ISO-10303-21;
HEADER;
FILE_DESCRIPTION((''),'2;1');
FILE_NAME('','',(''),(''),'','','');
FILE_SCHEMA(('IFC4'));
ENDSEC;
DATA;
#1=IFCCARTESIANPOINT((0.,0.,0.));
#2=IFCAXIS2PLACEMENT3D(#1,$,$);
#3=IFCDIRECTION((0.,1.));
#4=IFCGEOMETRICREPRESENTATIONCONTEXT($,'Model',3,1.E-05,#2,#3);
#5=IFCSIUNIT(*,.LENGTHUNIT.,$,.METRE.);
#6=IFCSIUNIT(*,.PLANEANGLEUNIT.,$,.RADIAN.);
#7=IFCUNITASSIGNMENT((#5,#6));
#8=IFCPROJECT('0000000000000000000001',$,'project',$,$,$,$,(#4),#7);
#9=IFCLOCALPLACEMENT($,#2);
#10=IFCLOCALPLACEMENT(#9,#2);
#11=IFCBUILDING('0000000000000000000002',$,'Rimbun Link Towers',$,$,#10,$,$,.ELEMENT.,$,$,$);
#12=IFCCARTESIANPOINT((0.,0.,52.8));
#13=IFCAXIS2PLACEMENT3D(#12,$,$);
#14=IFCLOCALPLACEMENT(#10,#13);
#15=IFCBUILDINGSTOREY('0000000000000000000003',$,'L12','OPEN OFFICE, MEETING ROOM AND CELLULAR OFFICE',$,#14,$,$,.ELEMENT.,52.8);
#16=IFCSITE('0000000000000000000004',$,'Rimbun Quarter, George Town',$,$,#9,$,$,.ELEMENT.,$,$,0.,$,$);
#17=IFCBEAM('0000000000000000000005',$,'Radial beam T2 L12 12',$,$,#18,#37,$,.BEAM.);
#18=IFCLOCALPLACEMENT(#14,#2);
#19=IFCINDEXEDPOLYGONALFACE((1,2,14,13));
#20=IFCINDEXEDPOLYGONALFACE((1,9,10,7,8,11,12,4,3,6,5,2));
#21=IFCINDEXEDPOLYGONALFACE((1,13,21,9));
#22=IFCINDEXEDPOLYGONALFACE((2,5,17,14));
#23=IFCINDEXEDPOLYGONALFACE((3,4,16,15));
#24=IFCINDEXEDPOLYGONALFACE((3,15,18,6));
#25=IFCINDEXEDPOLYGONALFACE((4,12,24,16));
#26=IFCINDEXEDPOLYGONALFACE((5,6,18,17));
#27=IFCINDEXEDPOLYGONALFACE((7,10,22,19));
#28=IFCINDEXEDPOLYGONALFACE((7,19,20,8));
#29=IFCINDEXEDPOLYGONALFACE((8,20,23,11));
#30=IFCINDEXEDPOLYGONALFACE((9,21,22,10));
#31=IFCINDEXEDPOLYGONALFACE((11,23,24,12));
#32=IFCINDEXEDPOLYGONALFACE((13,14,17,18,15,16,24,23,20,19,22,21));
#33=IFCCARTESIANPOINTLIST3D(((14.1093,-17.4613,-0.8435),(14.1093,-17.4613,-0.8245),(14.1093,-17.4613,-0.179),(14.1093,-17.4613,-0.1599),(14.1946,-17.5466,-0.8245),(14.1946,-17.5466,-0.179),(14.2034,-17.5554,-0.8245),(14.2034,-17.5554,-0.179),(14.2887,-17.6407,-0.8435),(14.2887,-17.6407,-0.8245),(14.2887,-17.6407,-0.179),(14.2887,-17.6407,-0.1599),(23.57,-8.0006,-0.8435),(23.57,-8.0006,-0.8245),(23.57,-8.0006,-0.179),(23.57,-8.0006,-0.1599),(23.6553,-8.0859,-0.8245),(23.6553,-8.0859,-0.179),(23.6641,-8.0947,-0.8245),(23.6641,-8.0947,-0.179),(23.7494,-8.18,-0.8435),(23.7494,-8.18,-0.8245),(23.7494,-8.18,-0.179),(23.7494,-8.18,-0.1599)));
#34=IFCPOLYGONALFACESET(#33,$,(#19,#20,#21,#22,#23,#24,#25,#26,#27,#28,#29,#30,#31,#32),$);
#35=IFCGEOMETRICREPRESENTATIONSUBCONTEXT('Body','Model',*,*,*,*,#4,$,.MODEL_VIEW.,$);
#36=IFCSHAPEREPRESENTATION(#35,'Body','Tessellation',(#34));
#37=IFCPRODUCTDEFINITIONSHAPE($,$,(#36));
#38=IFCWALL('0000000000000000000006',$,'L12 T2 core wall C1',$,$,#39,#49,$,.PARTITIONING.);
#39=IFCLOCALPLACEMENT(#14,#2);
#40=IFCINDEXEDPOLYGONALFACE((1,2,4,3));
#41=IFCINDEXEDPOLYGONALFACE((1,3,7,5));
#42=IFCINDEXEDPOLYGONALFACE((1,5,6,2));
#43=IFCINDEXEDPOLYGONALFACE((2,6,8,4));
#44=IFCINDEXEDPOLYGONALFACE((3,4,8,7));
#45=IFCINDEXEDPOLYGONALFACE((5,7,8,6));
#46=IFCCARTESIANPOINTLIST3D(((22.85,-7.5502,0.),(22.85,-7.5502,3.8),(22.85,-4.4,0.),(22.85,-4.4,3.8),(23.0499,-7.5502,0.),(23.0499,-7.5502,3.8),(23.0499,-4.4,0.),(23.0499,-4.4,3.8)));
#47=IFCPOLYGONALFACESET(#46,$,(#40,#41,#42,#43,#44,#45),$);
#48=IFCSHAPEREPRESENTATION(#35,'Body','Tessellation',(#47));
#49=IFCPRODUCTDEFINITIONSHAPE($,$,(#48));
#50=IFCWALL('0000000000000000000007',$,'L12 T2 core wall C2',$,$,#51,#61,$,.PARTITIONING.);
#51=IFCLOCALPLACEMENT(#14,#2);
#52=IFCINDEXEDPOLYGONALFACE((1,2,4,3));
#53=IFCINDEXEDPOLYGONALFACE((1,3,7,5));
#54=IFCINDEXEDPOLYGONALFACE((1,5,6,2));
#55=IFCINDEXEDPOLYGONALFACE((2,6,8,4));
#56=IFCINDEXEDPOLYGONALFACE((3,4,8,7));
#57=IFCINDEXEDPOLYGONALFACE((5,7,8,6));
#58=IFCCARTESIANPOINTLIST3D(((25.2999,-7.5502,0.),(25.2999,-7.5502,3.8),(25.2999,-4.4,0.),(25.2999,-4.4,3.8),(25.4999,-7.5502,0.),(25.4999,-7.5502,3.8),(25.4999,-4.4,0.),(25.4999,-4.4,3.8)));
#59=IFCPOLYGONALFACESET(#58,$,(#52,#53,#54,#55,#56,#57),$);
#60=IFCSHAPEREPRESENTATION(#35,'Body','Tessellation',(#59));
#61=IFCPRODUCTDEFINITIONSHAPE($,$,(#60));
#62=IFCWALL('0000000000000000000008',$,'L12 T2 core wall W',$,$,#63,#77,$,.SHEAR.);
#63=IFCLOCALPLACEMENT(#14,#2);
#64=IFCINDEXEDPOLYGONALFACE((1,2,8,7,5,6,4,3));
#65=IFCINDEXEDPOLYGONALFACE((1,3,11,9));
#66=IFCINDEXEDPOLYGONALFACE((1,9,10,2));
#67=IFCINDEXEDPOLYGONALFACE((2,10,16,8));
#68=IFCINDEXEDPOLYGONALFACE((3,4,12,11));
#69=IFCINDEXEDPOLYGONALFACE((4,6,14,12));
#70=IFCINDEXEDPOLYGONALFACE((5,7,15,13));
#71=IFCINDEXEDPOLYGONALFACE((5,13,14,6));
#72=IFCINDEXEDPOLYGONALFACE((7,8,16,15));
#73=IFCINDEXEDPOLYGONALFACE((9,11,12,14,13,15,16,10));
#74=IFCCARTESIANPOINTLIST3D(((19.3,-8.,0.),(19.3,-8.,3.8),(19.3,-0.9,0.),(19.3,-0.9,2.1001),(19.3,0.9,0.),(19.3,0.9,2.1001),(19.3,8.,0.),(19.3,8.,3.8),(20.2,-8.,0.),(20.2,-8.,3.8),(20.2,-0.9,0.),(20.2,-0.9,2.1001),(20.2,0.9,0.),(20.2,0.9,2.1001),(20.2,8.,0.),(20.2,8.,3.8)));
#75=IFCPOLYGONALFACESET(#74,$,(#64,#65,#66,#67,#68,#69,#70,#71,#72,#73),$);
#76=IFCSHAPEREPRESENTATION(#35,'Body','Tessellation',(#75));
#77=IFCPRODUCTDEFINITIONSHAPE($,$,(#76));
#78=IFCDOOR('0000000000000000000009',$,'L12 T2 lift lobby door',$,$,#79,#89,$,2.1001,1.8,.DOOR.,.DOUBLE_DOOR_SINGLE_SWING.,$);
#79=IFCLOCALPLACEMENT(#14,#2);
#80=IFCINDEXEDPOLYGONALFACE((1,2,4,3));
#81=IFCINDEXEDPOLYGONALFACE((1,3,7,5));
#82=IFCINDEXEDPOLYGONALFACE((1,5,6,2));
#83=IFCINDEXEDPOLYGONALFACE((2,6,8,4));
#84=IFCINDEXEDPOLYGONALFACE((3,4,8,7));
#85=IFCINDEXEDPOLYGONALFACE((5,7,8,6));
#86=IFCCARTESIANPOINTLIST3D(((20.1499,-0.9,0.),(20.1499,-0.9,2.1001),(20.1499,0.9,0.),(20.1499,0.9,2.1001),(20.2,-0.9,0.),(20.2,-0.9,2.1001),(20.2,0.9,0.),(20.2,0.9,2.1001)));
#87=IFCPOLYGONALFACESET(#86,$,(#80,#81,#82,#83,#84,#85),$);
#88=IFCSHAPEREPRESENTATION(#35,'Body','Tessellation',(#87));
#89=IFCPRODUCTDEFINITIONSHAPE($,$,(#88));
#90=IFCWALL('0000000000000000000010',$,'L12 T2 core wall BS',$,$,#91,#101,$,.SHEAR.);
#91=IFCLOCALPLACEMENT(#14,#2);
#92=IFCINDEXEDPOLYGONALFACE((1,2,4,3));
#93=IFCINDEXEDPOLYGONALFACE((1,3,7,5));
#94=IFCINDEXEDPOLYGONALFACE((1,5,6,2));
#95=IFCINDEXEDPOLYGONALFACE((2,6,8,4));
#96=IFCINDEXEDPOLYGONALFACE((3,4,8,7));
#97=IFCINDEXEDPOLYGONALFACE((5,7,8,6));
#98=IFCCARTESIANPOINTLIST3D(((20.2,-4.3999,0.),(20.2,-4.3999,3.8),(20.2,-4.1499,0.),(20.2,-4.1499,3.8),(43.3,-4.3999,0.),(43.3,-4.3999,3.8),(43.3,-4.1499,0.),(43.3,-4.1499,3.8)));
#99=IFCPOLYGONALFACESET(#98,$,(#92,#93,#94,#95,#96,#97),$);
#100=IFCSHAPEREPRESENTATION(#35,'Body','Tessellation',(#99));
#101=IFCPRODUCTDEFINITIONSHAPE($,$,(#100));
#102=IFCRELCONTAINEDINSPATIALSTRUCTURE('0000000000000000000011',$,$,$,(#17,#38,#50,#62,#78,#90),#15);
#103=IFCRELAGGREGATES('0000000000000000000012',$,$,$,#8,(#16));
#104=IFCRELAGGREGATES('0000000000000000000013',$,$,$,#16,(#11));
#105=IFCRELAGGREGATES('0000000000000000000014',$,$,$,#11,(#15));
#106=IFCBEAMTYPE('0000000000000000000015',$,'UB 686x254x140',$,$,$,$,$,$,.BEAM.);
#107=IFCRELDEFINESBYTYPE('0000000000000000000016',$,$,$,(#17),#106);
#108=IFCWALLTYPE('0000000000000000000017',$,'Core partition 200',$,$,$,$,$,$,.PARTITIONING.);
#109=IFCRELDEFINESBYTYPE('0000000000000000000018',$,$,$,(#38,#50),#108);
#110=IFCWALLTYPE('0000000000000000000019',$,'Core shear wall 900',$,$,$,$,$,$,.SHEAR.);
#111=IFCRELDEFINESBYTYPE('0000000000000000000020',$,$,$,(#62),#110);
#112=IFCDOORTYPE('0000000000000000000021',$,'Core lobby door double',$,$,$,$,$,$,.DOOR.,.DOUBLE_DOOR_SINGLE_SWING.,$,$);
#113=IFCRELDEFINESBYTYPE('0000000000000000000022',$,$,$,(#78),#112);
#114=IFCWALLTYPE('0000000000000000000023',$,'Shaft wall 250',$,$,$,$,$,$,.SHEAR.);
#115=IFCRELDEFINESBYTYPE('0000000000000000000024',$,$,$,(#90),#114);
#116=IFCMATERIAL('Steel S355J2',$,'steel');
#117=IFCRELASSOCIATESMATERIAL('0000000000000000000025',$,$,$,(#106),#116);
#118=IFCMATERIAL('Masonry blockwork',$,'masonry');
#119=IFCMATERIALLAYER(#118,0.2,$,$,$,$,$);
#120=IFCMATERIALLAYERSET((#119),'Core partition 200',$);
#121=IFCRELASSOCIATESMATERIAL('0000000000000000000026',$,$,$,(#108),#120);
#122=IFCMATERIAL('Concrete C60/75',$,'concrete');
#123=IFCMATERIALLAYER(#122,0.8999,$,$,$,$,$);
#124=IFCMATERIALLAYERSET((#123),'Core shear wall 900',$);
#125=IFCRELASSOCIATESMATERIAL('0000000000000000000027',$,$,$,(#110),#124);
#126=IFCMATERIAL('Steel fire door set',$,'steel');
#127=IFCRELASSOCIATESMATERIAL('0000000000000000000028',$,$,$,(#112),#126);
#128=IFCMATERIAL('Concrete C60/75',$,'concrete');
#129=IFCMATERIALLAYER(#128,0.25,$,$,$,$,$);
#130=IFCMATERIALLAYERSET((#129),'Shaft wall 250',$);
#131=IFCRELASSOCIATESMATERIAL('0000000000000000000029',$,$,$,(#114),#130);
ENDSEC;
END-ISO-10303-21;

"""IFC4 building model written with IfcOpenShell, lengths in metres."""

from ifc_helpers import new_model, si_unit, direction, frame, frame_2d, origin, origin_2d, place, context, subcontext, project, spatial, rectangle, i_section, extrude, material, layer, layer_set, material_profile, profile_set, type_object, element, fill, save


model = new_model("IFC4")

# Units and contexts
model_context = context("Model", 3, precision=1e-05, world=origin(), true_north=direction((0.0, 1.0)))
body_context = subcontext(model_context, "Body", "Model", "MODEL_VIEW")
ifc_project = project(units=[si_unit("LENGTHUNIT", "METRE"), si_unit("PLANEANGLEUNIT", "RADIAN")], contexts=[model_context])

# Site, building, storey
site_placement = place(None, origin())
site = spatial("IfcSite", under=ifc_project, at=site_placement, Name="Rimbun Quarter, George Town", CompositionType="ELEMENT", RefElevation=0.0)
building_placement = place(site_placement, origin())
building = spatial("IfcBuilding", under=site, at=building_placement, Name="Rimbun Link Towers", CompositionType="ELEMENT")
storey_placement = place(building_placement, frame((0.0, 0.0, 52.8)))
storey = spatial("IfcBuildingStorey", under=building, at=storey_placement, Name="L12", Description="OPEN OFFICE, MEETING ROOM AND CELLULAR OFFICE", CompositionType="ELEMENT", Elevation=52.8)

# Beam
ifc_material_1 = material(Name="Steel S355J2", Category="steel")
ifc_material_profile = material_profile(ifc_material_1, i_section(OverallWidth=0.2537, OverallDepth=0.6836, WebThickness=0.0125, FlangeThickness=0.019, at=origin_2d()), Name="UB 686x254x140")
ifc_profile_set = profile_set([ifc_material_profile], Name="Steel S355J2")
beam_type = type_object("IfcBeamType", Name="UB 686x254x140", PredefinedType="BEAM", material=ifc_profile_set)
beam_placement = place(storey_placement, frame((23.6597, -8.0903, -0.5017), z_axis=(-0.707107, -0.707107, 0.0), x_axis=(0.707107, -0.707107, 0.0)))
element("IfcBeam", 1, at=beam_placement, inside=storey, type_object=beam_type, Name="Radial beam T2 L12 12", PredefinedType="BEAM", context=body_context, shape_type="SweptSolid", body=[
    extrude(i_section(OverallWidth=0.2537, OverallDepth=0.6836, WebThickness=0.0125, FlangeThickness=0.019, at=origin_2d()), origin(), (0.0, 0.0, 1.0), 13.3794),
])

# Walls
ifc_material_2 = material(Name="Masonry blockwork", Category="masonry")
ifc_layer_1 = layer(ifc_material_2, 0.2)
ifc_layer_set_1 = layer_set([ifc_layer_1], Name="Core partition 200")
wall_type_1 = type_object("IfcWallType", Name="Core partition 200", PredefinedType="PARTITIONING", material=ifc_layer_set_1)
for number, where, z_axis, x_axis, name in (
    (2, (22.95, -4.3999, 0.0), (0.0, 0.0, 1.0), (0.0, -1.0, 0.0), "L12 T2 core wall C1"),
    (3, (25.3999, -4.3999, 0.0), (0.0, 0.0, 1.0), (0.0, -1.0, 0.0), "L12 T2 core wall C2"),
):
    element("IfcWall", number, at=place(storey_placement, frame(where, z_axis=z_axis, x_axis=x_axis)), inside=storey, type_object=wall_type_1, Name=name, PredefinedType="PARTITIONING", context=body_context, shape_type="SweptSolid", body=[
        extrude(rectangle(XDim=3.1501, YDim=0.2, at=frame_2d((1.5752, 0.0))), origin(), (0.0, 0.0, 1.0), 3.8),
    ])

# Wall, opening, door
ifc_material_3 = material(Name="Concrete C60/75", Category="concrete")
ifc_layer_2 = layer(ifc_material_3, 0.8999)
ifc_layer_set_2 = layer_set([ifc_layer_2], Name="Core shear wall 900")
wall_type_2 = type_object("IfcWallType", Name="Core shear wall 900", PredefinedType="SHEAR", material=ifc_layer_set_2)
wall_1_placement = place(storey_placement, frame((19.75, -8.0, 0.0), z_axis=(0.0, 0.0, 1.0), x_axis=(0.0, 1.0, 0.0)))
wall_1 = element("IfcWall", 4, at=wall_1_placement, inside=storey, type_object=wall_type_2, Name="L12 T2 core wall W", PredefinedType="SHEAR", context=body_context, shape_type="SweptSolid", body=[
    extrude(rectangle(XDim=16.0, YDim=0.8999, at=frame_2d((8.0, 0.0))), origin(), (0.0, 0.0, 1.0), 3.8),
])
opening_1_placement = place(wall_1_placement, frame((7.1001, 0.0, 0.0)))
opening_1 = element("IfcOpeningElement", 5, at=opening_1_placement, cuts=wall_1, PredefinedType="OPENING", context=body_context, shape_type="SweptSolid", body=[
    extrude(rectangle(XDim=1.8, YDim=2.1001, at=frame_2d((0.8999, 1.05))), frame((0.0, 0.46, 0.0), z_axis=(0.0, -1.0, 0.0), x_axis=(1.0, 0.0, 0.0)), (0.0, 0.0, 1.0), 0.9199),
])
ifc_material_4 = material(Name="Steel fire door set", Category="steel")
door_type_1 = type_object("IfcDoorType", Name="Core lobby door double", OperationType="DOUBLE_DOOR_SINGLE_SWING", PredefinedType="DOOR", material=ifc_material_4)
door_1_placement = place(opening_1_placement, origin())
door_1 = element("IfcDoor", 6, at=door_1_placement, inside=storey, type_object=door_type_1, Name="L12 T2 lift lobby door", OperationType="DOUBLE_DOOR_SINGLE_SWING", OverallHeight=2.1001, OverallWidth=1.8, PredefinedType="DOOR", context=body_context, shape_type="SweptSolid", body=[
    extrude(rectangle(XDim=1.8, YDim=2.1001, at=frame_2d((0.8999, 1.05))), frame((0.0, -0.3999, 0.0), z_axis=(0.0, -1.0, 0.0), x_axis=(1.0, 0.0, 0.0)), (0.0, 0.0, 1.0), 0.05),
])
fill(opening_1, door_1)

# Wall
ifc_material_5 = material(Name="Concrete C60/75", Category="concrete")
ifc_layer_3 = layer(ifc_material_5, 0.25)
ifc_layer_set_3 = layer_set([ifc_layer_3], Name="Shaft wall 250")
wall_type_3 = type_object("IfcWallType", Name="Shaft wall 250", PredefinedType="SHEAR", material=ifc_layer_set_3)
wall_2_placement = place(storey_placement, frame((20.2, -4.2749, 0.0), z_axis=(0.0, 0.0, 1.0), x_axis=(1.0, 0.0, 0.0)))
element("IfcWall", 7, at=wall_2_placement, inside=storey, type_object=wall_type_3, Name="L12 T2 core wall BS", PredefinedType="SHEAR", context=body_context, shape_type="SweptSolid", body=[
    extrude(rectangle(XDim=23.1001, YDim=0.25, at=frame_2d((11.55, 0.0))), origin(), (0.0, 0.0, 1.0), 3.8),
])

save(model, "model.ifc")
